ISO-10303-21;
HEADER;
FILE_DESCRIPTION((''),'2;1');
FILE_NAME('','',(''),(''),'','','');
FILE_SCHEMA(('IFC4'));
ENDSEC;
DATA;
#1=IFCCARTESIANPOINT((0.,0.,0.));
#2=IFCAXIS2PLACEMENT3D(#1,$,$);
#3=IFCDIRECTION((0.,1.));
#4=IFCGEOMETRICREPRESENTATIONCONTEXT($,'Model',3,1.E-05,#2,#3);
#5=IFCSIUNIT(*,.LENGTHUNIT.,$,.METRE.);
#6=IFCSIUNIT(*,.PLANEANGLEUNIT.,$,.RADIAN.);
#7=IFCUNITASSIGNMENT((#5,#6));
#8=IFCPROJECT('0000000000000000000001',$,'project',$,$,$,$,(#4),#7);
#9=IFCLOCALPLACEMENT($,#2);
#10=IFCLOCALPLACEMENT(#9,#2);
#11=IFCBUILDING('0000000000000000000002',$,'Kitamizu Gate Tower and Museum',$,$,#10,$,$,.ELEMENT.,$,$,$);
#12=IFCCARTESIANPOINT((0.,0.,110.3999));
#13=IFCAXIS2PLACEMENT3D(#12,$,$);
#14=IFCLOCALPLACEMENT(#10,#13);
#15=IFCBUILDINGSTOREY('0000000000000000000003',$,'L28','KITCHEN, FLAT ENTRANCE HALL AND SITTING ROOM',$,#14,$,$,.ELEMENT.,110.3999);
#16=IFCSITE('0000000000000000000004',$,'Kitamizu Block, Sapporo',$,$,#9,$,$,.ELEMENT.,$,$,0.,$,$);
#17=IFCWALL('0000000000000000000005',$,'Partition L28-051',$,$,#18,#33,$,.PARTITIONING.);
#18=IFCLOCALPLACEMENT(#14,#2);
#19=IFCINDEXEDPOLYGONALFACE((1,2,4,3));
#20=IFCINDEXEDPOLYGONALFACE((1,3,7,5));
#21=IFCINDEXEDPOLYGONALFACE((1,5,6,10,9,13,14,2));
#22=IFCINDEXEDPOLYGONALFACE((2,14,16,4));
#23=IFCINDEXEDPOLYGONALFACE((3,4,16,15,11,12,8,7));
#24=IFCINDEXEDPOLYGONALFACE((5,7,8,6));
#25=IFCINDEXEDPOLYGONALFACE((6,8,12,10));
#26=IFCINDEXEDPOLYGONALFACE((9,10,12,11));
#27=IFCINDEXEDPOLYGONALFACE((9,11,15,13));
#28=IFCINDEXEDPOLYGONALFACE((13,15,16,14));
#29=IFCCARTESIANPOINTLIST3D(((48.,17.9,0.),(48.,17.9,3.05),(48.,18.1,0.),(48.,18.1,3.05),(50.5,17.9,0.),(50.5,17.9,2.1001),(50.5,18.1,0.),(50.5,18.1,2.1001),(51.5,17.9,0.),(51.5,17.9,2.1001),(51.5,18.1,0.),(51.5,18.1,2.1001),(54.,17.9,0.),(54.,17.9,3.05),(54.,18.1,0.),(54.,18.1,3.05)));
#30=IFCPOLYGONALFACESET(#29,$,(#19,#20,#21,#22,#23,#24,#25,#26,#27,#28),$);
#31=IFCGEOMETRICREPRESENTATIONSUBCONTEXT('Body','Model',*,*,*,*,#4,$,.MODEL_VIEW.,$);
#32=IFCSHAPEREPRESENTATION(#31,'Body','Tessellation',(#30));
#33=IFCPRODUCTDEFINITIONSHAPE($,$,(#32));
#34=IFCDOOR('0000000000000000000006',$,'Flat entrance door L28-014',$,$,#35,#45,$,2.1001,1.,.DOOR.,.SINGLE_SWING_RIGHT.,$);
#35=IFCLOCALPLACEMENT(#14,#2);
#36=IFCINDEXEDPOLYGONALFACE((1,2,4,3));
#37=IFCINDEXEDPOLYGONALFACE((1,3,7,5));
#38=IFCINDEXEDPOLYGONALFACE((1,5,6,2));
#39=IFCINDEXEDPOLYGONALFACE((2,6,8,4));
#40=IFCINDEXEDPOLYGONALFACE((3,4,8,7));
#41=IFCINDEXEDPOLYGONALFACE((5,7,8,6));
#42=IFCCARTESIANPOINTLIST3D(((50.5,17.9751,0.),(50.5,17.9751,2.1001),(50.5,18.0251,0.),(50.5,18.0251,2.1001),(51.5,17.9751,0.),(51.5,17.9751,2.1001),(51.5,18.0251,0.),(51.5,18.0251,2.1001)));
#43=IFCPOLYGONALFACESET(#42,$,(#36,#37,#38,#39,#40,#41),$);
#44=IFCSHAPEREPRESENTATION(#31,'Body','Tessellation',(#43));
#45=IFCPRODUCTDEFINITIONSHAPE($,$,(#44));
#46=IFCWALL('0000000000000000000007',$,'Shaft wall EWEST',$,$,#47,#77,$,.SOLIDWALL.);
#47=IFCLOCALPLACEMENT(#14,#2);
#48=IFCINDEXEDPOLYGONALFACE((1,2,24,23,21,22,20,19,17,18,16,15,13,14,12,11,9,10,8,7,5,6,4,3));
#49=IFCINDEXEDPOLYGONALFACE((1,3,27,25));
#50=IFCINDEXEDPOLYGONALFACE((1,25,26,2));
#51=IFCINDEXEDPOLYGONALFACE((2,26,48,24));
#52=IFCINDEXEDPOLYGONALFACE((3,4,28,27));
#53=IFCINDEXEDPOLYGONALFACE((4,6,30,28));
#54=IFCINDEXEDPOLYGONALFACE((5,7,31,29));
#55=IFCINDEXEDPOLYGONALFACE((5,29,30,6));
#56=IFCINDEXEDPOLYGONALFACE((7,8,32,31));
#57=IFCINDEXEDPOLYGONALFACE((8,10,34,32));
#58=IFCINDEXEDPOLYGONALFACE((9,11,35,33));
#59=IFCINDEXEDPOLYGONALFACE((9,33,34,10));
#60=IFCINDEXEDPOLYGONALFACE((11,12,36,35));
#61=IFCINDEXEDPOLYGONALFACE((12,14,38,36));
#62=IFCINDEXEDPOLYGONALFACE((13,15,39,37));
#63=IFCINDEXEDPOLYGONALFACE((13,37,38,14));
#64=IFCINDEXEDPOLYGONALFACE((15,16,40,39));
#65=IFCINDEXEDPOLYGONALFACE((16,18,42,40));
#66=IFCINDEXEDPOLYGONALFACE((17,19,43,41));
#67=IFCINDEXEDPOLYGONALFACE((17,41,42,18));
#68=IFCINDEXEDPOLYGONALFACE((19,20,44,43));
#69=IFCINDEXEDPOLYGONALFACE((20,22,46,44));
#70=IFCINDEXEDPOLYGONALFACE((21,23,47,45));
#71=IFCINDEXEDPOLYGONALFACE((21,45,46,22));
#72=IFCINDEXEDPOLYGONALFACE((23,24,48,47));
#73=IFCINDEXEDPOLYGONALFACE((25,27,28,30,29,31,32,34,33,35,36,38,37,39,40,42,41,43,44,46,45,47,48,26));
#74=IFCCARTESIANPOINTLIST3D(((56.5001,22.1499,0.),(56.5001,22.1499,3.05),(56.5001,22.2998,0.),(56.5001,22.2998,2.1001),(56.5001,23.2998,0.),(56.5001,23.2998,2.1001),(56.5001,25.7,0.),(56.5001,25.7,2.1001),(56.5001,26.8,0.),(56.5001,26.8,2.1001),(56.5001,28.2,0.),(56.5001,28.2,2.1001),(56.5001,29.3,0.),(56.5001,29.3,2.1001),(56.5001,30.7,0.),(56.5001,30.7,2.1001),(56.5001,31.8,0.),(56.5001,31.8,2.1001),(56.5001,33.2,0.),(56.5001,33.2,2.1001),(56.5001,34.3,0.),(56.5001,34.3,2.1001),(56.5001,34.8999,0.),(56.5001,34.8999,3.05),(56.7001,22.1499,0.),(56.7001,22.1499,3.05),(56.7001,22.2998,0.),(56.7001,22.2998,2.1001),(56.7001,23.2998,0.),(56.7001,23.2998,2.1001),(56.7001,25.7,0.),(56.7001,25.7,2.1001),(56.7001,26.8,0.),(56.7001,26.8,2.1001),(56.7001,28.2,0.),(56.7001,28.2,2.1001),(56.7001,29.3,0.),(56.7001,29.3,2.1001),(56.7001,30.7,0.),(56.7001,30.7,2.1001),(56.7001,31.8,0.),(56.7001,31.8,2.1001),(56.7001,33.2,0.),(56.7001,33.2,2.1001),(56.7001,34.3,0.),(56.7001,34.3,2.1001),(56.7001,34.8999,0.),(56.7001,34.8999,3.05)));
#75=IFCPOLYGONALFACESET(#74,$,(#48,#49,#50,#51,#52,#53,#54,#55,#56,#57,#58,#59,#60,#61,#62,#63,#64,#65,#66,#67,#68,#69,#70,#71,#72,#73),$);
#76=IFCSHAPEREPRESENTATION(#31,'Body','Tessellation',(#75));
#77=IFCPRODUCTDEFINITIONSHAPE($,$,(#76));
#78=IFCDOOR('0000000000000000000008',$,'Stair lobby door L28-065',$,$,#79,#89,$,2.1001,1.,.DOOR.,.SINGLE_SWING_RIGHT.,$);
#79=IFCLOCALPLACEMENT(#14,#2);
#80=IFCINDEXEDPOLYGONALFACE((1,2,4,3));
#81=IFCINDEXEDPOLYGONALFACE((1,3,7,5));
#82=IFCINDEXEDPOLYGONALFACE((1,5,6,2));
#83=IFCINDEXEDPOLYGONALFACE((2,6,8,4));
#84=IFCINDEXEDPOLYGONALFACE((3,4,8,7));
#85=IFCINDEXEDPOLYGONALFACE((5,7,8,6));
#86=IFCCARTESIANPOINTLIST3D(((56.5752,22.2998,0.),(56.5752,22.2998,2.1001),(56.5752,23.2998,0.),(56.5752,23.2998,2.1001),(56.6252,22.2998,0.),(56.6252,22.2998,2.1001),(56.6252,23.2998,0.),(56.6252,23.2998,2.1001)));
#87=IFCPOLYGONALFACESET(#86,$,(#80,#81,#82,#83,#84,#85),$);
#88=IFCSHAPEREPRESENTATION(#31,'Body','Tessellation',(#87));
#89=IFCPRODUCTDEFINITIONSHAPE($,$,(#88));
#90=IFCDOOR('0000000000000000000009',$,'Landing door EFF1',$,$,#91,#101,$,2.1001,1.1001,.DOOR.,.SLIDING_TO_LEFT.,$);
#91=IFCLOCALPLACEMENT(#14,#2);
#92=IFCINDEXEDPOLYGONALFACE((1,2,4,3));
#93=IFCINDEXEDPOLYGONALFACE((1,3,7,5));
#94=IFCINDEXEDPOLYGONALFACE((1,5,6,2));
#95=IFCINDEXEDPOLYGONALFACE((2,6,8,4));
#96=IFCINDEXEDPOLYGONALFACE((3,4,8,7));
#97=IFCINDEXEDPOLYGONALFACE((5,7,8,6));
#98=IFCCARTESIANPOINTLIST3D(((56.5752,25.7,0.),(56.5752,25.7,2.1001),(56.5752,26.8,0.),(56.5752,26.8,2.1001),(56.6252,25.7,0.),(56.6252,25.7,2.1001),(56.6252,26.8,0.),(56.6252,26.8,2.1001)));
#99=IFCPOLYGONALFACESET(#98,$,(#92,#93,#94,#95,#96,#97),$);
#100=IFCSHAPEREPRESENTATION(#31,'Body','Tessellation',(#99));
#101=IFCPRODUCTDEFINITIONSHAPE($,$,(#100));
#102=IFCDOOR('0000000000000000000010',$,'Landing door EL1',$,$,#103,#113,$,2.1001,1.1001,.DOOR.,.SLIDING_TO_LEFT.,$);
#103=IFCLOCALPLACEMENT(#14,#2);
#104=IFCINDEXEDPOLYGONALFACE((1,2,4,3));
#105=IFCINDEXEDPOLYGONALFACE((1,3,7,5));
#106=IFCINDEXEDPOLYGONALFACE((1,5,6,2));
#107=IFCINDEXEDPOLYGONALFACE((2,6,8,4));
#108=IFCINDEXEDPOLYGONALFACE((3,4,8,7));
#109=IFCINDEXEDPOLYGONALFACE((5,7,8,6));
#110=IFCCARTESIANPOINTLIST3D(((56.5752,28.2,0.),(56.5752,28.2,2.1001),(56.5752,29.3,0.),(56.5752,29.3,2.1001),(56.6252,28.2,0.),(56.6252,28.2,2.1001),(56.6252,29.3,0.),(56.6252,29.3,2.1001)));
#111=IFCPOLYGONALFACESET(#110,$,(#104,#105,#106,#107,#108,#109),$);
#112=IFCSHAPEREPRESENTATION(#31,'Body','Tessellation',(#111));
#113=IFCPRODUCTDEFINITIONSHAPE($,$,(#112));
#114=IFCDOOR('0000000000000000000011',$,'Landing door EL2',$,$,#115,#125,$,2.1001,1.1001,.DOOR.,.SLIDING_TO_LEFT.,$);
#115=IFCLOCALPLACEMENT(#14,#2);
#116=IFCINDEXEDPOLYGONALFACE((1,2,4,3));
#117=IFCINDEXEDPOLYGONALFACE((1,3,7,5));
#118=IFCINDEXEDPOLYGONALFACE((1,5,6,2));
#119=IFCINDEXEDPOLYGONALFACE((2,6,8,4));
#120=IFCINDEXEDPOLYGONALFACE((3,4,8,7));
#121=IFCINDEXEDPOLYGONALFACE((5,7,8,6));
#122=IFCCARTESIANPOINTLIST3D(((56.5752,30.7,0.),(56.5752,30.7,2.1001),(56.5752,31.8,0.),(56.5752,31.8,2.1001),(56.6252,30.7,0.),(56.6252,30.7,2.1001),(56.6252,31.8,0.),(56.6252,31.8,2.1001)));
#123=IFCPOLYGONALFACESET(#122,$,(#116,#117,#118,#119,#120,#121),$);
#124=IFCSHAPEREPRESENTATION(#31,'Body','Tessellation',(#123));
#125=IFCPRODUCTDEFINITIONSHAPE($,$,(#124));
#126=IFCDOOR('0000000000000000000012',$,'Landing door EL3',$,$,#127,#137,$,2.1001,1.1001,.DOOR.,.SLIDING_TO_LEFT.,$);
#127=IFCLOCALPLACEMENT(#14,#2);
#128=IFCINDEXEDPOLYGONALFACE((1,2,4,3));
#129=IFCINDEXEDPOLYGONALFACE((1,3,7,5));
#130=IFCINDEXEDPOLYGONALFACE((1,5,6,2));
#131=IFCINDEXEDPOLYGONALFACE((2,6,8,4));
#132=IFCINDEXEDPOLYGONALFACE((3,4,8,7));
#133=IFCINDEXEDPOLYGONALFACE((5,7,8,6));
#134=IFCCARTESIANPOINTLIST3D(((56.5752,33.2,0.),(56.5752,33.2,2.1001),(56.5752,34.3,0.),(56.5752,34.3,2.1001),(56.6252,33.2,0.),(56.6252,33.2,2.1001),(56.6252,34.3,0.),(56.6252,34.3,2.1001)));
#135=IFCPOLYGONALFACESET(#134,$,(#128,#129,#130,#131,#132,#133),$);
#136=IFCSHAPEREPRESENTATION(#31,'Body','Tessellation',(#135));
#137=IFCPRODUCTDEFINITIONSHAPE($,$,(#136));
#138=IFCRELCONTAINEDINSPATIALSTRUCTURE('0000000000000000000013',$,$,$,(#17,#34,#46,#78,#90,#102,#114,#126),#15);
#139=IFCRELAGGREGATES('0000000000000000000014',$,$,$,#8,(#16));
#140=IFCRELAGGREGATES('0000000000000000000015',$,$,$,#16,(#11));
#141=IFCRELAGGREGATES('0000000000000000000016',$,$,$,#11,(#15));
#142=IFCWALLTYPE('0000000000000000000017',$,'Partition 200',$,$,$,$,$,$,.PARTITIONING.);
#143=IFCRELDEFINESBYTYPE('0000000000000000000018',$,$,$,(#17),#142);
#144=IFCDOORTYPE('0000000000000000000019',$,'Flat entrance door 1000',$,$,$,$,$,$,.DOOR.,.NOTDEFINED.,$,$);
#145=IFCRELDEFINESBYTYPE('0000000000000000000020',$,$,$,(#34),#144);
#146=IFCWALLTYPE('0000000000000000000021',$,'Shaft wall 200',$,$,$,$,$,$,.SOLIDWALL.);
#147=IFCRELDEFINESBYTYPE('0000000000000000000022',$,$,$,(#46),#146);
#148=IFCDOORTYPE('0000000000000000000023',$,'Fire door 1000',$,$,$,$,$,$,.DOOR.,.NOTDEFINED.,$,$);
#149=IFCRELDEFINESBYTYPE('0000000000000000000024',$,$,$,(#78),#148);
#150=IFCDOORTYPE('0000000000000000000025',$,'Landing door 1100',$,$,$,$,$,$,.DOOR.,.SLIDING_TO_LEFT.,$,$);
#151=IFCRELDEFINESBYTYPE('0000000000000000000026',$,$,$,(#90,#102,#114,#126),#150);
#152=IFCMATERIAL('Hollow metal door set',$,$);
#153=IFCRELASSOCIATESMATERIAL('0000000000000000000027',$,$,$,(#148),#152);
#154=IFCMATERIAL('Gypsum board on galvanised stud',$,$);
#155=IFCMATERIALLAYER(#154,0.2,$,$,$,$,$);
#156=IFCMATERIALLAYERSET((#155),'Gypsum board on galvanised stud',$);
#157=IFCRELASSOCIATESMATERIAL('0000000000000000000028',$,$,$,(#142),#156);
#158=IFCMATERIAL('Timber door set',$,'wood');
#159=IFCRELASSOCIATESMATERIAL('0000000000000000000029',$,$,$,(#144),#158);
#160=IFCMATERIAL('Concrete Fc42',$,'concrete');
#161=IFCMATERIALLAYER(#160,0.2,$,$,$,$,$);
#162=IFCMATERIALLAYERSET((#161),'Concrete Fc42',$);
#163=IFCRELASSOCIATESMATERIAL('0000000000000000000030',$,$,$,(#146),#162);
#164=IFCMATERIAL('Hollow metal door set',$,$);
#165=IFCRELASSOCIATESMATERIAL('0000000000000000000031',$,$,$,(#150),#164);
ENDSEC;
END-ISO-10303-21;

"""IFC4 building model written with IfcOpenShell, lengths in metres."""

from ifc_helpers import new_model, si_unit, direction, frame, frame_2d, origin, place, context, subcontext, project, spatial, rectangle, extrude, material, layer, layer_set, type_object, element, fill, save


model = new_model("IFC4")

# Units and contexts
model_context = context("Model", 3, precision=1e-05, world=origin(), true_north=direction((0.0, 1.0)))
body_context = subcontext(model_context, "Body", "Model", "MODEL_VIEW")
ifc_project = project(units=[si_unit("LENGTHUNIT", "METRE"), si_unit("PLANEANGLEUNIT", "RADIAN")], contexts=[model_context])

# Site, building, storey
site_placement = place(None, origin())
site = spatial("IfcSite", under=ifc_project, at=site_placement, Name="Kitamizu Block, Sapporo", CompositionType="ELEMENT", RefElevation=0.0)
building_placement = place(site_placement, origin())
building = spatial("IfcBuilding", under=site, at=building_placement, Name="Kitamizu Gate Tower and Museum", CompositionType="ELEMENT")
storey_placement = place(building_placement, frame((0.0, 0.0, 110.3999)))
storey = spatial("IfcBuildingStorey", under=building, at=storey_placement, Name="L28", Description="KITCHEN, FLAT ENTRANCE HALL AND SITTING ROOM", CompositionType="ELEMENT", Elevation=110.3999)

# Shared definitions
ifc_material_1 = material(Name="Hollow metal door set")
door_type_1 = type_object("IfcDoorType", Name="Fire door 1000", OperationType="NOTDEFINED", PredefinedType="DOOR", material=ifc_material_1)

# Wall, opening, door
ifc_material_2 = material(Name="Gypsum board on galvanised stud")
ifc_layer_1 = layer(ifc_material_2, 0.2)
ifc_layer_set_1 = layer_set([ifc_layer_1], Name="Gypsum board on galvanised stud")
wall_type_1 = type_object("IfcWallType", Name="Partition 200", PredefinedType="PARTITIONING", material=ifc_layer_set_1)
wall_1_placement = place(storey_placement, frame((54.0, 18.0, 0.0), z_axis=(0.0, 0.0, 1.0), x_axis=(-1.0, 0.0, 0.0)))
wall_1 = element("IfcWall", 1, at=wall_1_placement, inside=storey, type_object=wall_type_1, Name="Partition L28-051", PredefinedType="PARTITIONING", context=body_context, shape_type="SweptSolid", body=[
    extrude(rectangle(XDim=6.0, YDim=0.2, at=frame_2d((3.0, 0.0))), origin(), (0.0, 0.0, 1.0), 3.05),
])
opening_1_placement = place(wall_1_placement, frame((2.5, 0.0, 0.0)))
opening_1 = element("IfcOpeningElement", 2, at=opening_1_placement, cuts=wall_1, PredefinedType="OPENING", context=body_context, shape_type="SweptSolid", body=[
    extrude(rectangle(XDim=1.0, YDim=2.1001, at=frame_2d((0.5, 1.05))), frame((0.0, 0.1099, 0.0), z_axis=(0.0, -1.0, 0.0), x_axis=(1.0, 0.0, 0.0)), (0.0, 0.0, 1.0), 0.22),
])
ifc_material_3 = material(Name="Timber door set", Category="wood")
door_type_2 = type_object("IfcDoorType", Name="Flat entrance door 1000", OperationType="NOTDEFINED", PredefinedType="DOOR", material=ifc_material_3)
door_1_placement = place(opening_1_placement, origin())
door_1 = element("IfcDoor", 3, at=door_1_placement, inside=storey, type_object=door_type_2, Name="Flat entrance door L28-014", OperationType="SINGLE_SWING_RIGHT", OverallHeight=2.1001, OverallWidth=1.0, PredefinedType="DOOR", context=body_context, shape_type="SweptSolid", body=[
    extrude(rectangle(XDim=1.0, YDim=2.1001, at=frame_2d((0.5, 1.05))), frame((0.0, 0.0249, 0.0), z_axis=(0.0, -1.0, 0.0), x_axis=(1.0, 0.0, 0.0)), (0.0, 0.0, 1.0), 0.05),
])
fill(opening_1, door_1)

# Wall, openings, doors
ifc_material_4 = material(Name="Concrete Fc42", Category="concrete")
ifc_layer_2 = layer(ifc_material_4, 0.2)
ifc_layer_set_2 = layer_set([ifc_layer_2], Name="Concrete Fc42")
wall_type_2 = type_object("IfcWallType", Name="Shaft wall 200", PredefinedType="SOLIDWALL", material=ifc_layer_set_2)
wall_2_placement = place(storey_placement, frame((56.6001, 22.1499, 0.0), z_axis=(0.0, 0.0, 1.0), x_axis=(0.0, 1.0, 0.0)))
wall_2 = element("IfcWall", 4, at=wall_2_placement, inside=storey, type_object=wall_type_2, Name="Shaft wall EWEST", PredefinedType="SOLIDWALL", context=body_context, shape_type="SweptSolid", body=[
    extrude(rectangle(XDim=12.75, YDim=0.2, at=frame_2d((6.375, 0.0))), origin(), (0.0, 0.0, 1.0), 3.05),
])
opening_2_placement = place(wall_2_placement, frame((3.55, 0.0, 0.0)))
opening_2 = element("IfcOpeningElement", 5, at=opening_2_placement, cuts=wall_2, PredefinedType="OPENING", context=body_context, shape_type="SweptSolid", body=[
    extrude(rectangle(XDim=1.1001, YDim=2.1001, at=frame_2d((0.55, 1.05))), frame((0.0, 0.1099, 0.0), z_axis=(0.0, -1.0, 0.0), x_axis=(1.0, 0.0, 0.0)), (0.0, 0.0, 1.0), 0.22),
])
opening_3_placement = place(wall_2_placement, frame((6.05, 0.0, 0.0)))
opening_3 = element("IfcOpeningElement", 6, at=opening_3_placement, cuts=wall_2, PredefinedType="OPENING", context=body_context, shape_type="SweptSolid", body=[
    extrude(rectangle(XDim=1.1001, YDim=2.1001, at=frame_2d((0.55, 1.05))), frame((0.0, 0.1099, 0.0), z_axis=(0.0, -1.0, 0.0), x_axis=(1.0, 0.0, 0.0)), (0.0, 0.0, 1.0), 0.22),
])
opening_4_placement = place(wall_2_placement, frame((8.55, 0.0, 0.0)))
opening_4 = element("IfcOpeningElement", 7, at=opening_4_placement, cuts=wall_2, PredefinedType="OPENING", context=body_context, shape_type="SweptSolid", body=[
    extrude(rectangle(XDim=1.1001, YDim=2.1001, at=frame_2d((0.55, 1.05))), frame((0.0, 0.1099, 0.0), z_axis=(0.0, -1.0, 0.0), x_axis=(1.0, 0.0, 0.0)), (0.0, 0.0, 1.0), 0.22),
])
opening_5_placement = place(wall_2_placement, frame((11.05, 0.0, 0.0)))
opening_5 = element("IfcOpeningElement", 8, at=opening_5_placement, cuts=wall_2, PredefinedType="OPENING", context=body_context, shape_type="SweptSolid", body=[
    extrude(rectangle(XDim=1.1001, YDim=2.1001, at=frame_2d((0.55, 1.05))), frame((0.0, 0.1099, 0.0), z_axis=(0.0, -1.0, 0.0), x_axis=(1.0, 0.0, 0.0)), (0.0, 0.0, 1.0), 0.22),
])
opening_6_placement = place(wall_2_placement, frame((0.1499, 0.0, 0.0)))
opening_6 = element("IfcOpeningElement", 9, at=opening_6_placement, cuts=wall_2, PredefinedType="OPENING", context=body_context, shape_type="SweptSolid", body=[
    extrude(rectangle(XDim=1.0, YDim=2.1001, at=frame_2d((0.5, 1.05))), frame((0.0, 0.1099, 0.0), z_axis=(0.0, -1.0, 0.0), x_axis=(1.0, 0.0, 0.0)), (0.0, 0.0, 1.0), 0.22),
])
door_2_placement = place(opening_6_placement, origin())
door_2 = element("IfcDoor", 10, at=door_2_placement, inside=storey, type_object=door_type_1, Name="Stair lobby door L28-065", OperationType="SINGLE_SWING_RIGHT", OverallHeight=2.1001, OverallWidth=1.0, PredefinedType="DOOR", context=body_context, shape_type="SweptSolid", body=[
    extrude(rectangle(XDim=1.0, YDim=2.1001, at=frame_2d((0.5, 1.05))), frame((0.0, 0.0249, 0.0), z_axis=(0.0, -1.0, 0.0), x_axis=(1.0, 0.0, 0.0)), (0.0, 0.0, 1.0), 0.05),
])
fill(opening_6, door_2)
ifc_material_5 = material(Name="Hollow metal door set")
door_type_3 = type_object("IfcDoorType", Name="Landing door 1100", OperationType="SLIDING_TO_LEFT", PredefinedType="DOOR", material=ifc_material_5)
door_3_placement = place(opening_2_placement, origin())
door_3 = element("IfcDoor", 11, at=door_3_placement, inside=storey, type_object=door_type_3, Name="Landing door EFF1", OperationType="SLIDING_TO_LEFT", OverallHeight=2.1001, OverallWidth=1.1001, PredefinedType="DOOR", context=body_context, shape_type="SweptSolid", body=[
    extrude(rectangle(XDim=1.1001, YDim=2.1001, at=frame_2d((0.55, 1.05))), frame((0.0, 0.0249, 0.0), z_axis=(0.0, -1.0, 0.0), x_axis=(1.0, 0.0, 0.0)), (0.0, 0.0, 1.0), 0.05),
])
fill(opening_2, door_3)
door_4_placement = place(opening_3_placement, origin())
door_4 = element("IfcDoor", 12, at=door_4_placement, inside=storey, type_object=door_type_3, Name="Landing door EL1", OperationType="SLIDING_TO_LEFT", OverallHeight=2.1001, OverallWidth=1.1001, PredefinedType="DOOR", context=body_context, shape_type="SweptSolid", body=[
    extrude(rectangle(XDim=1.1001, YDim=2.1001, at=frame_2d((0.55, 1.05))), frame((0.0, 0.0249, 0.0), z_axis=(0.0, -1.0, 0.0), x_axis=(1.0, 0.0, 0.0)), (0.0, 0.0, 1.0), 0.05),
])
fill(opening_3, door_4)
door_5_placement = place(opening_4_placement, origin())
door_5 = element("IfcDoor", 13, at=door_5_placement, inside=storey, type_object=door_type_3, Name="Landing door EL2", OperationType="SLIDING_TO_LEFT", OverallHeight=2.1001, OverallWidth=1.1001, PredefinedType="DOOR", context=body_context, shape_type="SweptSolid", body=[
    extrude(rectangle(XDim=1.1001, YDim=2.1001, at=frame_2d((0.55, 1.05))), frame((0.0, 0.0249, 0.0), z_axis=(0.0, -1.0, 0.0), x_axis=(1.0, 0.0, 0.0)), (0.0, 0.0, 1.0), 0.05),
])
fill(opening_4, door_5)
door_6_placement = place(opening_5_placement, origin())
door_6 = element("IfcDoor", 14, at=door_6_placement, inside=storey, type_object=door_type_3, Name="Landing door EL3", OperationType="SLIDING_TO_LEFT", OverallHeight=2.1001, OverallWidth=1.1001, PredefinedType="DOOR", context=body_context, shape_type="SweptSolid", body=[
    extrude(rectangle(XDim=1.1001, YDim=2.1001, at=frame_2d((0.55, 1.05))), frame((0.0, 0.0249, 0.0), z_axis=(0.0, -1.0, 0.0), x_axis=(1.0, 0.0, 0.0)), (0.0, 0.0, 1.0), 0.05),
])
fill(opening_5, door_6)

save(model, "model.ifc")
